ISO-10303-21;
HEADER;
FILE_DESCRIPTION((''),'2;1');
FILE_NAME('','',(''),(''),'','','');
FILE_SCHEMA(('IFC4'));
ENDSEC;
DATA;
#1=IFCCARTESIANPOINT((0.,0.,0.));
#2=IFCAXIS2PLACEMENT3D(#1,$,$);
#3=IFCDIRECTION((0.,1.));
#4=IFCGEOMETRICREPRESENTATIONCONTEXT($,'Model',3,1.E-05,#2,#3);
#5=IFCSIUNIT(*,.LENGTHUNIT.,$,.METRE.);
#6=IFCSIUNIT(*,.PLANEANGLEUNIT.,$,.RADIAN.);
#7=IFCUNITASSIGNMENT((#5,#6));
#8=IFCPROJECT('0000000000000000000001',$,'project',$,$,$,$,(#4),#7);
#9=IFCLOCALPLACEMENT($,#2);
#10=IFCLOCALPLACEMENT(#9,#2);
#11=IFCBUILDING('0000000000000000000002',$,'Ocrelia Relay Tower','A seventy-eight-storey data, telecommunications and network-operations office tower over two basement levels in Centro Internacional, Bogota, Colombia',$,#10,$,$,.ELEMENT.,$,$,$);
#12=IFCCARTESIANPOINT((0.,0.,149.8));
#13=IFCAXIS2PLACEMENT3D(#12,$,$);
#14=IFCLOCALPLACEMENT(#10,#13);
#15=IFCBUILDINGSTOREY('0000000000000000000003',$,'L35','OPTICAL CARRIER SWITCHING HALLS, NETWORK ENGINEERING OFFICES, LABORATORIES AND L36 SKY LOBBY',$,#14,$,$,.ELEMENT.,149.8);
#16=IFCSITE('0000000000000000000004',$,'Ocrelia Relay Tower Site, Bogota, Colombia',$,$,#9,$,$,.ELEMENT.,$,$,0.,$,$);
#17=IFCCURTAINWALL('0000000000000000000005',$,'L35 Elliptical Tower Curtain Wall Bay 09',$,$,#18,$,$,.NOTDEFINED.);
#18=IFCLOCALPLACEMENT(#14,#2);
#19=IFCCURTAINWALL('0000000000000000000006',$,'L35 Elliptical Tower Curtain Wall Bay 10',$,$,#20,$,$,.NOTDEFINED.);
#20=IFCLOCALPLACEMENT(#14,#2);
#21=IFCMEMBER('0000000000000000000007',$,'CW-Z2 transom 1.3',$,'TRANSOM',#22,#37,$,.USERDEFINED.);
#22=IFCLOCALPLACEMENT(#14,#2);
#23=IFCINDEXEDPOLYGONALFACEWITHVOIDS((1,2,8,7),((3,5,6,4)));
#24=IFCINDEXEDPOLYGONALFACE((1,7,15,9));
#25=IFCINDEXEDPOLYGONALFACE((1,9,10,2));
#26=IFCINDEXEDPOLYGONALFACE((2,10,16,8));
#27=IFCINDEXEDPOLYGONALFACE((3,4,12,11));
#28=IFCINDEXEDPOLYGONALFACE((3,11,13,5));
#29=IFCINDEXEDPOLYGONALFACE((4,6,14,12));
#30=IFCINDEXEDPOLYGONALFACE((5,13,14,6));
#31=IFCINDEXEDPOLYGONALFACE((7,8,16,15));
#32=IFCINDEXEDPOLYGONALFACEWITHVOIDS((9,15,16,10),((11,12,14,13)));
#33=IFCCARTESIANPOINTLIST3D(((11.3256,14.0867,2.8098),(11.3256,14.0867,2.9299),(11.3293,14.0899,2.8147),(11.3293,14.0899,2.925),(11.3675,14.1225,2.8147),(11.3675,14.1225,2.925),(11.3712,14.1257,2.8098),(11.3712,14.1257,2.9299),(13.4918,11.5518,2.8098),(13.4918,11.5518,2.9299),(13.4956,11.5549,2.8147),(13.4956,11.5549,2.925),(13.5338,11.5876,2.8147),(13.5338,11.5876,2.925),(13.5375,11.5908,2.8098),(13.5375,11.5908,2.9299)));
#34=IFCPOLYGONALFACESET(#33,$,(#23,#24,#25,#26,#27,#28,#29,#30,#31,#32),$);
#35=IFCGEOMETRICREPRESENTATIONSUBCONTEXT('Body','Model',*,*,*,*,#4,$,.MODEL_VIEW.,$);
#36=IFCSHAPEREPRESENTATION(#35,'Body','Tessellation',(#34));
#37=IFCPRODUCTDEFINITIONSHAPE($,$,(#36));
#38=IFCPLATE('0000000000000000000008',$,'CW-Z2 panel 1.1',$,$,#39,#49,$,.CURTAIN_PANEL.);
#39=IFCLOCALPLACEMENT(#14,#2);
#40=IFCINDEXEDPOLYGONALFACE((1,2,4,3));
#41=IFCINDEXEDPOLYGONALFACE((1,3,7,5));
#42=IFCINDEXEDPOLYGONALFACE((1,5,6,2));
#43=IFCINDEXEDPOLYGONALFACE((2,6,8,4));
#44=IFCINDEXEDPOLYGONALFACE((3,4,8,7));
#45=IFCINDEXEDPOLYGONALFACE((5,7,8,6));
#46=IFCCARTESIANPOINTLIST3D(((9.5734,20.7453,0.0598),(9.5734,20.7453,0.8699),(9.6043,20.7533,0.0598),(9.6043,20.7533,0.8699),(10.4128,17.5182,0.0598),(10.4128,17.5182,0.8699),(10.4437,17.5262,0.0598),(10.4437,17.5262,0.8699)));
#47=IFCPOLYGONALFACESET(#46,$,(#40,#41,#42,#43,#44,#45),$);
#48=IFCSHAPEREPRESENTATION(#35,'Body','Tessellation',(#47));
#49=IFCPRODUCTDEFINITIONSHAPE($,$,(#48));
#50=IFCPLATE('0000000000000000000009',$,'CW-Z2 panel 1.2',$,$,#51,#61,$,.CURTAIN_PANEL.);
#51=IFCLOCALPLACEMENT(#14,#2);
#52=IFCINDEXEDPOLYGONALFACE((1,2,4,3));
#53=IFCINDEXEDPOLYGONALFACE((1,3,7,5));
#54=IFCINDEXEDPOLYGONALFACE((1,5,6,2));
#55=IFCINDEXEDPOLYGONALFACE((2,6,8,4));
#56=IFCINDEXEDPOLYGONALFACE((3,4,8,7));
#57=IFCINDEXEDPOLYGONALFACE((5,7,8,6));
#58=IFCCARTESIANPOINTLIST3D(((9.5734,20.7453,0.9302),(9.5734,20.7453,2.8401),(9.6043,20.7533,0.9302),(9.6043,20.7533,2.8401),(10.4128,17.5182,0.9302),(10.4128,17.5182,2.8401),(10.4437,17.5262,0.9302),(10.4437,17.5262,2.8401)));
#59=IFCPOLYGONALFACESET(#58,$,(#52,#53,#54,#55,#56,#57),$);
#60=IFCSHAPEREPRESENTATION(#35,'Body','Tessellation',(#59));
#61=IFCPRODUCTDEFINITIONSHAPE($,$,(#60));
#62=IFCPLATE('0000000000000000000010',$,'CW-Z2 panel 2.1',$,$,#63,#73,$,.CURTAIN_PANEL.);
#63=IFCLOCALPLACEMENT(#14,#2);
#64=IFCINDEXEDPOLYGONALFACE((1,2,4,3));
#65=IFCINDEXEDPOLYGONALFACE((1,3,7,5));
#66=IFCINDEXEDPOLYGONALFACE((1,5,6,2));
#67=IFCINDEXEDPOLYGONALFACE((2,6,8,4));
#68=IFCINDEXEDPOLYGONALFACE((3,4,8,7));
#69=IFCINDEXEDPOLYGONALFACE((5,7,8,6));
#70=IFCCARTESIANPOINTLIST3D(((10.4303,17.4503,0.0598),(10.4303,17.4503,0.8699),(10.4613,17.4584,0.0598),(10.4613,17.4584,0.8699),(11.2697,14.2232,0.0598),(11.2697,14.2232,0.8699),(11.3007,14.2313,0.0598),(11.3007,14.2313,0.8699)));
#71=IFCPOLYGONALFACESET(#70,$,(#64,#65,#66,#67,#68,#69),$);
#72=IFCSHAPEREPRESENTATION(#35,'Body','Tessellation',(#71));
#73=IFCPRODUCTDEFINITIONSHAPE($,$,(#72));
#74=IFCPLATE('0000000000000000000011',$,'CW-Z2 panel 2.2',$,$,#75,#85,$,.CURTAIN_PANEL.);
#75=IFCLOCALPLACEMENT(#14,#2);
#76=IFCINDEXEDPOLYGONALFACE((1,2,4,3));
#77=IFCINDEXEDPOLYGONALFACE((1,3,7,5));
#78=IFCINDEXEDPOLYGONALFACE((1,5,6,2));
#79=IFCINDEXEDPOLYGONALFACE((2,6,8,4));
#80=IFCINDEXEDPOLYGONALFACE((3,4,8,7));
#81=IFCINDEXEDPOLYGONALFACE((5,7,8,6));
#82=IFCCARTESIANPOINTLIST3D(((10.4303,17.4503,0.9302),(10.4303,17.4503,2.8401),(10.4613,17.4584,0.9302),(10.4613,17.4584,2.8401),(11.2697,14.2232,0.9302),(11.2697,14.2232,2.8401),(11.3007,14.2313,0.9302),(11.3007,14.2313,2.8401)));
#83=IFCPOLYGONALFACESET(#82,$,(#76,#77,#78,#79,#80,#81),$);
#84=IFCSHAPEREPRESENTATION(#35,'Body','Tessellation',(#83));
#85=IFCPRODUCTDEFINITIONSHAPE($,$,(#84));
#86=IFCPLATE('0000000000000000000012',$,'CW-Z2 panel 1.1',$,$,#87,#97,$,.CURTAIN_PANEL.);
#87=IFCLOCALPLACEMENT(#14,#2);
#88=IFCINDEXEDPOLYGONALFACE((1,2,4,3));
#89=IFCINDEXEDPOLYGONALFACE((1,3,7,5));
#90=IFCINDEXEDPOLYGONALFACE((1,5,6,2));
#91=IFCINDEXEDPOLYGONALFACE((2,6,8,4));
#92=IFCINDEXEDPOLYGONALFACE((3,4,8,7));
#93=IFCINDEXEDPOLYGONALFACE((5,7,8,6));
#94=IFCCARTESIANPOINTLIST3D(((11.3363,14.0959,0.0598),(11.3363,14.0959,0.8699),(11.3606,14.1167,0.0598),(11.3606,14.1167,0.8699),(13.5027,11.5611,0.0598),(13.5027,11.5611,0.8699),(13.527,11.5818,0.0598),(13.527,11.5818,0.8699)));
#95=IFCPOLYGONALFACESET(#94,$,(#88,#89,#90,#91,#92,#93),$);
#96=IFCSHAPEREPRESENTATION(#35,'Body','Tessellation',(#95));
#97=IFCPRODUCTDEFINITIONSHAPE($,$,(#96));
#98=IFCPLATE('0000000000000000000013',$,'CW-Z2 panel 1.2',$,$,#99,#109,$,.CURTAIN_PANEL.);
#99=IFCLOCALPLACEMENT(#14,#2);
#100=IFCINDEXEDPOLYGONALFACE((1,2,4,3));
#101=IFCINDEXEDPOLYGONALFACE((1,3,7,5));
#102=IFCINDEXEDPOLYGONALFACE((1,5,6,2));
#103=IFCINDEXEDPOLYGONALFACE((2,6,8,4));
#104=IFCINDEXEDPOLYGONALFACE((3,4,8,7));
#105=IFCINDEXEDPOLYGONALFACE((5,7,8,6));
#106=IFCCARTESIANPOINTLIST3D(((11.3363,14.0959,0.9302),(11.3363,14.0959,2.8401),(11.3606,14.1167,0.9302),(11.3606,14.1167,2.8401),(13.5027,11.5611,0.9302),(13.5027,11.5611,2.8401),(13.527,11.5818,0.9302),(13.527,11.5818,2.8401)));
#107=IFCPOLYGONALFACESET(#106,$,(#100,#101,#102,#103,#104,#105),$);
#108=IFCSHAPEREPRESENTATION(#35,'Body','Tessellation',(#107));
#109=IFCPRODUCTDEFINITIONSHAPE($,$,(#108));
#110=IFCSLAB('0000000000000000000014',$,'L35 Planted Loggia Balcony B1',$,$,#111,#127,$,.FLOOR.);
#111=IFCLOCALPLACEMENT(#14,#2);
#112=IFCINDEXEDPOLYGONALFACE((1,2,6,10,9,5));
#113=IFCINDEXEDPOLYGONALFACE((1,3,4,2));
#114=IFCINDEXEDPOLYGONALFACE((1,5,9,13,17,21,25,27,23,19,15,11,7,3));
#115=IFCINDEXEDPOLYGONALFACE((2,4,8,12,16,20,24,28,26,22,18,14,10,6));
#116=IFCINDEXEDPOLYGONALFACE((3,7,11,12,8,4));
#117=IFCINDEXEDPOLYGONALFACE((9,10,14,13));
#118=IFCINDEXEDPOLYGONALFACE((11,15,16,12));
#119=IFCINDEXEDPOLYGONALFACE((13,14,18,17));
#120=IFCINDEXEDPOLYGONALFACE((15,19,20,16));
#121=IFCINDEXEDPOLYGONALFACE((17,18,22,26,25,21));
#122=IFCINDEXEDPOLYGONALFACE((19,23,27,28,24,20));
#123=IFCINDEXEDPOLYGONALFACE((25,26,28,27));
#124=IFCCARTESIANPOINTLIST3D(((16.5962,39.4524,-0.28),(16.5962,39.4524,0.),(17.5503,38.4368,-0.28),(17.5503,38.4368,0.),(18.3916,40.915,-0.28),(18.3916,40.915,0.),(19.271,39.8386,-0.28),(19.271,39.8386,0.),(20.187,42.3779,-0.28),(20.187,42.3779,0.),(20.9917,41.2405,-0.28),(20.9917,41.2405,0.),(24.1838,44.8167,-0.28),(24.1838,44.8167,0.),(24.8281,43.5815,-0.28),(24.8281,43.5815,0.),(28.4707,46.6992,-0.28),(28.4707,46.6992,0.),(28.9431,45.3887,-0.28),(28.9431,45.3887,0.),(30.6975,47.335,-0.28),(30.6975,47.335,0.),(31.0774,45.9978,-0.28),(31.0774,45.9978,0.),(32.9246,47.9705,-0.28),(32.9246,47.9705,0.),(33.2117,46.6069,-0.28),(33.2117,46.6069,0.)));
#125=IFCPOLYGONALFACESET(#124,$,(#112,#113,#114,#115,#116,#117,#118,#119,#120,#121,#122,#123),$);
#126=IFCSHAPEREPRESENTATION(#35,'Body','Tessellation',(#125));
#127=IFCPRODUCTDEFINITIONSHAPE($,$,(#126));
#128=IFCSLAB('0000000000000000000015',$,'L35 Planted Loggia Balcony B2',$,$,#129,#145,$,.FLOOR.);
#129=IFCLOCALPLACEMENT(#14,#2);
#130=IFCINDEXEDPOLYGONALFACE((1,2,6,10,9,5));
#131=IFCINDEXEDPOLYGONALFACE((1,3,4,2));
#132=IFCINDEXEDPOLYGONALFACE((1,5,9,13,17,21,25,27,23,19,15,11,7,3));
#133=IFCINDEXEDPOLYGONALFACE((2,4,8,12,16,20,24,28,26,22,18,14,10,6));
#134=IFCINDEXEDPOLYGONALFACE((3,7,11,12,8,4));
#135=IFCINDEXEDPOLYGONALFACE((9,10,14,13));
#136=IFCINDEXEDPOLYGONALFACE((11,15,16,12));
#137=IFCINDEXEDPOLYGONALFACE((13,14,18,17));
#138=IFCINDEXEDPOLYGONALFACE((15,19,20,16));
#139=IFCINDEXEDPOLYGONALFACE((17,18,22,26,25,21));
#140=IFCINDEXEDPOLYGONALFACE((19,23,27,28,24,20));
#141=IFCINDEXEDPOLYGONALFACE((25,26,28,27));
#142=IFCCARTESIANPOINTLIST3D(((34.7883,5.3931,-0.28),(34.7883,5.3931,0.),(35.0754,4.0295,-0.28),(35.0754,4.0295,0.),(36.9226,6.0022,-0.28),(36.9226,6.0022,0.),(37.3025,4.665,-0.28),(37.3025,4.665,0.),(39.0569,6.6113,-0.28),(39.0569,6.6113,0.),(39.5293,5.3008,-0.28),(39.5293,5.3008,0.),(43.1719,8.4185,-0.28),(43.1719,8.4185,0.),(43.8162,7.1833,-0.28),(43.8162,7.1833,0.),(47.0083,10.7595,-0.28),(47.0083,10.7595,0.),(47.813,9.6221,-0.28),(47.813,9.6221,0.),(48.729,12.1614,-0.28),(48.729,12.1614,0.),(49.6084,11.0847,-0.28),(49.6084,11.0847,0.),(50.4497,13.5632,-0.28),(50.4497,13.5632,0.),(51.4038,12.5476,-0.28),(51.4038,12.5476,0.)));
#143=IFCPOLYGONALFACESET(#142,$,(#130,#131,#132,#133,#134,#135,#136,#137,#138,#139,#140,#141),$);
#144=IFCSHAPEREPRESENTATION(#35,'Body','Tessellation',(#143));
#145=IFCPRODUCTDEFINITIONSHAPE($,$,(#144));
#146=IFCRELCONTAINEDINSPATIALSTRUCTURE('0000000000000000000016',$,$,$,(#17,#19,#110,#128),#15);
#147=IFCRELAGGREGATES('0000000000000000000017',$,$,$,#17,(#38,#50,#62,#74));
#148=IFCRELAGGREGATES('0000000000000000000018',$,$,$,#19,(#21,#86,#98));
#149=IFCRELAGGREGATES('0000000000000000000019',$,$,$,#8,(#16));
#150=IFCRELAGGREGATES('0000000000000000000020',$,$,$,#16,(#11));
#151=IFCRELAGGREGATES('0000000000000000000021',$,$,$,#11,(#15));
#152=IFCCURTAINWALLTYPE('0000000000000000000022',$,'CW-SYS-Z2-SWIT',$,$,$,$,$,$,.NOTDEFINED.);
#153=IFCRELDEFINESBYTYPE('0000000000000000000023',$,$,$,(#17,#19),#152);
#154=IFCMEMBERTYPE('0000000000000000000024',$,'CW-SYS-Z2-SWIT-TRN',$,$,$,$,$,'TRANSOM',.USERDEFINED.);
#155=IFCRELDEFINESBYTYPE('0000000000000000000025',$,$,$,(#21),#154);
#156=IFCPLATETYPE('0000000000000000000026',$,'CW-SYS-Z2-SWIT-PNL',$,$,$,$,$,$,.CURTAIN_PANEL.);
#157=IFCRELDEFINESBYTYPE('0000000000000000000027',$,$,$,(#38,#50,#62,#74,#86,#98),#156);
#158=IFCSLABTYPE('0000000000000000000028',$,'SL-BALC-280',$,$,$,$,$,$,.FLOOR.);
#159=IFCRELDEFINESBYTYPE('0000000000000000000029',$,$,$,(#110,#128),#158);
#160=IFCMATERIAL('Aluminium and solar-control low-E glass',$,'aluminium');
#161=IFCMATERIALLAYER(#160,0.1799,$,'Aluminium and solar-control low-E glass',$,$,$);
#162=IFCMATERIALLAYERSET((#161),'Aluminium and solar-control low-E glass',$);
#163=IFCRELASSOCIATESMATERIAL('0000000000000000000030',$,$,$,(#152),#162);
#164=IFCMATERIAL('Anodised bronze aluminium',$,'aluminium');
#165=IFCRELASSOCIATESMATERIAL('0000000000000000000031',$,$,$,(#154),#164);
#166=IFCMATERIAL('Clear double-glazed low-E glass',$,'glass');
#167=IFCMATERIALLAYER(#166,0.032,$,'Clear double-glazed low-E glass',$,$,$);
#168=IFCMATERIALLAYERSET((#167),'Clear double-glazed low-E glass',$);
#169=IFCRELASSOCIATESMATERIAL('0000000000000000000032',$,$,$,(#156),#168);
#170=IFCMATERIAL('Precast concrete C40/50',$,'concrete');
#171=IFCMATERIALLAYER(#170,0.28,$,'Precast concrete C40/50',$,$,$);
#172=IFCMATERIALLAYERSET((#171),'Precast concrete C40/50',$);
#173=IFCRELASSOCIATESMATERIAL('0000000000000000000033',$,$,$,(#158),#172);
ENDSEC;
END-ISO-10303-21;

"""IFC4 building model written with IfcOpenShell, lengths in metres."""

from ifc_helpers import new_model, si_unit, direction, frame, origin, origin_2d, place, context, subcontext, project, spatial, polyline, rectangle, hollow_rectangle, outline, extrude, material, layer, layer_set, material_profile, profile_set, type_object, element, aggregate, save


model = new_model("IFC4")

# Units and contexts
model_context = context("Model", 3, precision=1e-05, world=origin(), true_north=direction((0.0, 1.0)))
body_context = subcontext(model_context, "Body", "Model", "MODEL_VIEW")
ifc_project = project(units=[si_unit("LENGTHUNIT", "METRE"), si_unit("PLANEANGLEUNIT", "RADIAN")], contexts=[model_context])

# Site, building, storey
site_placement = place(None, origin())
site = spatial("IfcSite", under=ifc_project, at=site_placement, Name="Ocrelia Relay Tower Site, Bogota, Colombia", CompositionType="ELEMENT", RefElevation=0.0)
building_placement = place(site_placement, origin())
building = spatial("IfcBuilding", under=site, at=building_placement, Name="Ocrelia Relay Tower", Description="A seventy-eight-storey data, telecommunications and network-operations office tower over two basement levels in Centro Internacional, Bogota, Colombia", CompositionType="ELEMENT")
storey_placement = place(building_placement, frame((0.0, 0.0, 149.8)))
storey = spatial("IfcBuildingStorey", under=building, at=storey_placement, Name="L35", Description="OPTICAL CARRIER SWITCHING HALLS, NETWORK ENGINEERING OFFICES, LABORATORIES AND L36 SKY LOBBY", CompositionType="ELEMENT", Elevation=149.8)

# Curtain walls
ifc_material_1 = material(Name="Aluminium and solar-control low-E glass", Category="aluminium")
ifc_layer_1 = layer(ifc_material_1, 0.1799, Name="Aluminium and solar-control low-E glass")
ifc_layer_set_1 = layer_set([ifc_layer_1], Name="Aluminium and solar-control low-E glass")
curtain_wall_type = type_object("IfcCurtainWallType", Name="CW-SYS-Z2-SWIT", PredefinedType="NOTDEFINED", material=ifc_layer_set_1)
curtain_wall_1_placement = place(storey_placement, origin())
curtain_wall_1 = element("IfcCurtainWall", 1, at=curtain_wall_1_placement, inside=storey, type_object=curtain_wall_type, Name="L35 Elliptical Tower Curtain Wall Bay 09", PredefinedType="NOTDEFINED")
ifc_material_2 = material(Name="Anodised bronze aluminium", Category="aluminium")
curtain_wall_2_placement = place(storey_placement, origin())
curtain_wall_2 = element("IfcCurtainWall", 2, at=curtain_wall_2_placement, inside=storey, type_object=curtain_wall_type, Name="L35 Elliptical Tower Curtain Wall Bay 10", PredefinedType="NOTDEFINED")

# Member
ifc_material_profile_1 = material_profile(ifc_material_2, hollow_rectangle(XDim=0.0601, YDim=0.1201, WallThickness=0.0049, at=origin_2d()), Name="CW-TRN-120x60")
ifc_profile_set_1 = profile_set([ifc_material_profile_1], Name="Anodised bronze aluminium")
member_type_1 = type_object("IfcMemberType", Name="CW-SYS-Z2-SWIT-TRN", ElementType="TRANSOM", PredefinedType="USERDEFINED", material=ifc_profile_set_1)
member_1_placement = place(storey_placement, frame((11.3484, 14.1062, 2.8699), z_axis=(0.649663, -0.760222, 0.0), x_axis=(0.760222, 0.649663, 0.0)))
member_1 = element("IfcMember", 3, at=member_1_placement, type_object=member_type_1, Name="CW-Z2 transom 1.3", ObjectType="TRANSOM", PredefinedType="USERDEFINED", context=body_context, shape_type="SweptSolid", body=[
    extrude(hollow_rectangle(XDim=0.0601, YDim=0.1201, WallThickness=0.0049, at=origin_2d()), origin(), (0.0, 0.0, 1.0), 3.3345),
])

# Plates
ifc_material_3 = material(Name="Clear double-glazed low-E glass", Category="glass")
ifc_layer_2 = layer(ifc_material_3, 0.032, Name="Clear double-glazed low-E glass")
ifc_layer_set_2 = layer_set([ifc_layer_2], Name="Clear double-glazed low-E glass")
plate_type = type_object("IfcPlateType", Name="CW-SYS-Z2-SWIT-PNL", PredefinedType="CURTAIN_PANEL", material=ifc_layer_set_2)
plate_1_placement = place(storey_placement, frame((10.0085, 19.1357, 0.0598), z_axis=(0.0, 0.0, 1.0), x_axis=(0.251732, -0.967797, 0.0)))
plate_1 = element("IfcPlate", 4, at=plate_1_placement, type_object=plate_type, Name="CW-Z2 panel 1.1", PredefinedType="CURTAIN_PANEL", context=body_context, shape_type="SweptSolid", body=[
    extrude(rectangle(XDim=3.3345, YDim=0.032, at=origin_2d()), origin(), (0.0, 0.0, 1.0), 0.8101),
])
plate_2_placement = place(storey_placement, frame((10.0085, 19.1357, 0.9302), z_axis=(0.0, 0.0, 1.0), x_axis=(0.251732, -0.967797, 0.0)))
plate_2 = element("IfcPlate", 5, at=plate_2_placement, type_object=plate_type, Name="CW-Z2 panel 1.2", PredefinedType="CURTAIN_PANEL", context=body_context, shape_type="SweptSolid", body=[
    extrude(rectangle(XDim=3.3345, YDim=0.032, at=origin_2d()), origin(), (0.0, 0.0, 1.0), 1.9099),
])
plate_3_placement = place(storey_placement, frame((10.8655, 15.8408, 0.0598), z_axis=(0.0, 0.0, 1.0), x_axis=(0.251732, -0.967797, 0.0)))
plate_3 = element("IfcPlate", 6, at=plate_3_placement, type_object=plate_type, Name="CW-Z2 panel 2.1", PredefinedType="CURTAIN_PANEL", context=body_context, shape_type="SweptSolid", body=[
    extrude(rectangle(XDim=3.3345, YDim=0.032, at=origin_2d()), origin(), (0.0, 0.0, 1.0), 0.8101),
])
plate_4_placement = place(storey_placement, frame((10.8655, 15.8408, 0.9302), z_axis=(0.0, 0.0, 1.0), x_axis=(0.251732, -0.967797, 0.0)))
plate_4 = element("IfcPlate", 7, at=plate_4_placement, type_object=plate_type, Name="CW-Z2 panel 2.2", PredefinedType="CURTAIN_PANEL", context=body_context, shape_type="SweptSolid", body=[
    extrude(rectangle(XDim=3.3345, YDim=0.032, at=origin_2d()), origin(), (0.0, 0.0, 1.0), 1.9099),
])
aggregate(curtain_wall_1, [plate_1, plate_2, plate_3, plate_4])
plate_5_placement = place(storey_placement, frame((12.4316, 12.8389, 0.0598), z_axis=(0.0, 0.0, 1.0), x_axis=(0.649706, -0.760185, 0.0)))
plate_5 = element("IfcPlate", 8, at=plate_5_placement, type_object=plate_type, Name="CW-Z2 panel 1.1", PredefinedType="CURTAIN_PANEL", context=body_context, shape_type="SweptSolid", body=[
    extrude(rectangle(XDim=3.3345, YDim=0.032, at=origin_2d()), origin(), (0.0, 0.0, 1.0), 0.8101),
])
plate_6_placement = place(storey_placement, frame((12.4316, 12.8389, 0.9302), z_axis=(0.0, 0.0, 1.0), x_axis=(0.649706, -0.760185, 0.0)))
plate_6 = element("IfcPlate", 9, at=plate_6_placement, type_object=plate_type, Name="CW-Z2 panel 1.2", PredefinedType="CURTAIN_PANEL", context=body_context, shape_type="SweptSolid", body=[
    extrude(rectangle(XDim=3.3345, YDim=0.032, at=origin_2d()), origin(), (0.0, 0.0, 1.0), 1.9099),
])
aggregate(curtain_wall_2, [member_1, plate_5, plate_6])

# Slabs
ifc_material_4 = material(Name="Precast concrete C40/50", Category="concrete")
ifc_layer_3 = layer(ifc_material_4, 0.28, Name="Precast concrete C40/50")
ifc_layer_set_3 = layer_set([ifc_layer_3], Name="Precast concrete C40/50")
slab_type_1 = type_object("IfcSlabType", Name="SL-BALC-280", PredefinedType="FLOOR", material=ifc_layer_set_3)
slab_1_placement = place(storey_placement, frame((0.0, 0.0, -0.28)))
element("IfcSlab", 10, at=slab_1_placement, inside=storey, type_object=slab_type_1, Name="L35 Planted Loggia Balcony B1", PredefinedType="FLOOR", context=body_context, shape_type="SweptSolid", body=[
    extrude(outline(polyline([(33.2117, 46.6069), (31.0774, 45.9978), (28.9431, 45.3887), (24.8281, 43.5815), (20.9917, 41.2405), (19.271, 39.8386), (17.5503, 38.4368), (16.5962, 39.4524), (18.3916, 40.915), (20.187, 42.3779), (24.1838, 44.8167), (28.4707, 46.6992), (30.6975, 47.335), (32.9246, 47.9705), (33.2117, 46.6069)])), origin(), (0.0, 0.0, 1.0), 0.28),
])
slab_2_placement = place(storey_placement, frame((0.0, 0.0, -0.28)))
element("IfcSlab", 11, at=slab_2_placement, inside=storey, type_object=slab_type_1, Name="L35 Planted Loggia Balcony B2", PredefinedType="FLOOR", context=body_context, shape_type="SweptSolid", body=[
    extrude(outline(polyline([(34.7883, 5.3931), (36.9226, 6.0022), (39.0569, 6.6113), (43.1719, 8.4185), (47.0083, 10.7595), (48.729, 12.1614), (50.4497, 13.5632), (51.4038, 12.5476), (49.6084, 11.0847), (47.813, 9.6221), (43.8162, 7.1833), (39.5293, 5.3008), (37.3025, 4.665), (35.0754, 4.0295), (34.7883, 5.3931)])), origin(), (0.0, 0.0, 1.0), 0.28),
])

save(model, "model.ifc")
